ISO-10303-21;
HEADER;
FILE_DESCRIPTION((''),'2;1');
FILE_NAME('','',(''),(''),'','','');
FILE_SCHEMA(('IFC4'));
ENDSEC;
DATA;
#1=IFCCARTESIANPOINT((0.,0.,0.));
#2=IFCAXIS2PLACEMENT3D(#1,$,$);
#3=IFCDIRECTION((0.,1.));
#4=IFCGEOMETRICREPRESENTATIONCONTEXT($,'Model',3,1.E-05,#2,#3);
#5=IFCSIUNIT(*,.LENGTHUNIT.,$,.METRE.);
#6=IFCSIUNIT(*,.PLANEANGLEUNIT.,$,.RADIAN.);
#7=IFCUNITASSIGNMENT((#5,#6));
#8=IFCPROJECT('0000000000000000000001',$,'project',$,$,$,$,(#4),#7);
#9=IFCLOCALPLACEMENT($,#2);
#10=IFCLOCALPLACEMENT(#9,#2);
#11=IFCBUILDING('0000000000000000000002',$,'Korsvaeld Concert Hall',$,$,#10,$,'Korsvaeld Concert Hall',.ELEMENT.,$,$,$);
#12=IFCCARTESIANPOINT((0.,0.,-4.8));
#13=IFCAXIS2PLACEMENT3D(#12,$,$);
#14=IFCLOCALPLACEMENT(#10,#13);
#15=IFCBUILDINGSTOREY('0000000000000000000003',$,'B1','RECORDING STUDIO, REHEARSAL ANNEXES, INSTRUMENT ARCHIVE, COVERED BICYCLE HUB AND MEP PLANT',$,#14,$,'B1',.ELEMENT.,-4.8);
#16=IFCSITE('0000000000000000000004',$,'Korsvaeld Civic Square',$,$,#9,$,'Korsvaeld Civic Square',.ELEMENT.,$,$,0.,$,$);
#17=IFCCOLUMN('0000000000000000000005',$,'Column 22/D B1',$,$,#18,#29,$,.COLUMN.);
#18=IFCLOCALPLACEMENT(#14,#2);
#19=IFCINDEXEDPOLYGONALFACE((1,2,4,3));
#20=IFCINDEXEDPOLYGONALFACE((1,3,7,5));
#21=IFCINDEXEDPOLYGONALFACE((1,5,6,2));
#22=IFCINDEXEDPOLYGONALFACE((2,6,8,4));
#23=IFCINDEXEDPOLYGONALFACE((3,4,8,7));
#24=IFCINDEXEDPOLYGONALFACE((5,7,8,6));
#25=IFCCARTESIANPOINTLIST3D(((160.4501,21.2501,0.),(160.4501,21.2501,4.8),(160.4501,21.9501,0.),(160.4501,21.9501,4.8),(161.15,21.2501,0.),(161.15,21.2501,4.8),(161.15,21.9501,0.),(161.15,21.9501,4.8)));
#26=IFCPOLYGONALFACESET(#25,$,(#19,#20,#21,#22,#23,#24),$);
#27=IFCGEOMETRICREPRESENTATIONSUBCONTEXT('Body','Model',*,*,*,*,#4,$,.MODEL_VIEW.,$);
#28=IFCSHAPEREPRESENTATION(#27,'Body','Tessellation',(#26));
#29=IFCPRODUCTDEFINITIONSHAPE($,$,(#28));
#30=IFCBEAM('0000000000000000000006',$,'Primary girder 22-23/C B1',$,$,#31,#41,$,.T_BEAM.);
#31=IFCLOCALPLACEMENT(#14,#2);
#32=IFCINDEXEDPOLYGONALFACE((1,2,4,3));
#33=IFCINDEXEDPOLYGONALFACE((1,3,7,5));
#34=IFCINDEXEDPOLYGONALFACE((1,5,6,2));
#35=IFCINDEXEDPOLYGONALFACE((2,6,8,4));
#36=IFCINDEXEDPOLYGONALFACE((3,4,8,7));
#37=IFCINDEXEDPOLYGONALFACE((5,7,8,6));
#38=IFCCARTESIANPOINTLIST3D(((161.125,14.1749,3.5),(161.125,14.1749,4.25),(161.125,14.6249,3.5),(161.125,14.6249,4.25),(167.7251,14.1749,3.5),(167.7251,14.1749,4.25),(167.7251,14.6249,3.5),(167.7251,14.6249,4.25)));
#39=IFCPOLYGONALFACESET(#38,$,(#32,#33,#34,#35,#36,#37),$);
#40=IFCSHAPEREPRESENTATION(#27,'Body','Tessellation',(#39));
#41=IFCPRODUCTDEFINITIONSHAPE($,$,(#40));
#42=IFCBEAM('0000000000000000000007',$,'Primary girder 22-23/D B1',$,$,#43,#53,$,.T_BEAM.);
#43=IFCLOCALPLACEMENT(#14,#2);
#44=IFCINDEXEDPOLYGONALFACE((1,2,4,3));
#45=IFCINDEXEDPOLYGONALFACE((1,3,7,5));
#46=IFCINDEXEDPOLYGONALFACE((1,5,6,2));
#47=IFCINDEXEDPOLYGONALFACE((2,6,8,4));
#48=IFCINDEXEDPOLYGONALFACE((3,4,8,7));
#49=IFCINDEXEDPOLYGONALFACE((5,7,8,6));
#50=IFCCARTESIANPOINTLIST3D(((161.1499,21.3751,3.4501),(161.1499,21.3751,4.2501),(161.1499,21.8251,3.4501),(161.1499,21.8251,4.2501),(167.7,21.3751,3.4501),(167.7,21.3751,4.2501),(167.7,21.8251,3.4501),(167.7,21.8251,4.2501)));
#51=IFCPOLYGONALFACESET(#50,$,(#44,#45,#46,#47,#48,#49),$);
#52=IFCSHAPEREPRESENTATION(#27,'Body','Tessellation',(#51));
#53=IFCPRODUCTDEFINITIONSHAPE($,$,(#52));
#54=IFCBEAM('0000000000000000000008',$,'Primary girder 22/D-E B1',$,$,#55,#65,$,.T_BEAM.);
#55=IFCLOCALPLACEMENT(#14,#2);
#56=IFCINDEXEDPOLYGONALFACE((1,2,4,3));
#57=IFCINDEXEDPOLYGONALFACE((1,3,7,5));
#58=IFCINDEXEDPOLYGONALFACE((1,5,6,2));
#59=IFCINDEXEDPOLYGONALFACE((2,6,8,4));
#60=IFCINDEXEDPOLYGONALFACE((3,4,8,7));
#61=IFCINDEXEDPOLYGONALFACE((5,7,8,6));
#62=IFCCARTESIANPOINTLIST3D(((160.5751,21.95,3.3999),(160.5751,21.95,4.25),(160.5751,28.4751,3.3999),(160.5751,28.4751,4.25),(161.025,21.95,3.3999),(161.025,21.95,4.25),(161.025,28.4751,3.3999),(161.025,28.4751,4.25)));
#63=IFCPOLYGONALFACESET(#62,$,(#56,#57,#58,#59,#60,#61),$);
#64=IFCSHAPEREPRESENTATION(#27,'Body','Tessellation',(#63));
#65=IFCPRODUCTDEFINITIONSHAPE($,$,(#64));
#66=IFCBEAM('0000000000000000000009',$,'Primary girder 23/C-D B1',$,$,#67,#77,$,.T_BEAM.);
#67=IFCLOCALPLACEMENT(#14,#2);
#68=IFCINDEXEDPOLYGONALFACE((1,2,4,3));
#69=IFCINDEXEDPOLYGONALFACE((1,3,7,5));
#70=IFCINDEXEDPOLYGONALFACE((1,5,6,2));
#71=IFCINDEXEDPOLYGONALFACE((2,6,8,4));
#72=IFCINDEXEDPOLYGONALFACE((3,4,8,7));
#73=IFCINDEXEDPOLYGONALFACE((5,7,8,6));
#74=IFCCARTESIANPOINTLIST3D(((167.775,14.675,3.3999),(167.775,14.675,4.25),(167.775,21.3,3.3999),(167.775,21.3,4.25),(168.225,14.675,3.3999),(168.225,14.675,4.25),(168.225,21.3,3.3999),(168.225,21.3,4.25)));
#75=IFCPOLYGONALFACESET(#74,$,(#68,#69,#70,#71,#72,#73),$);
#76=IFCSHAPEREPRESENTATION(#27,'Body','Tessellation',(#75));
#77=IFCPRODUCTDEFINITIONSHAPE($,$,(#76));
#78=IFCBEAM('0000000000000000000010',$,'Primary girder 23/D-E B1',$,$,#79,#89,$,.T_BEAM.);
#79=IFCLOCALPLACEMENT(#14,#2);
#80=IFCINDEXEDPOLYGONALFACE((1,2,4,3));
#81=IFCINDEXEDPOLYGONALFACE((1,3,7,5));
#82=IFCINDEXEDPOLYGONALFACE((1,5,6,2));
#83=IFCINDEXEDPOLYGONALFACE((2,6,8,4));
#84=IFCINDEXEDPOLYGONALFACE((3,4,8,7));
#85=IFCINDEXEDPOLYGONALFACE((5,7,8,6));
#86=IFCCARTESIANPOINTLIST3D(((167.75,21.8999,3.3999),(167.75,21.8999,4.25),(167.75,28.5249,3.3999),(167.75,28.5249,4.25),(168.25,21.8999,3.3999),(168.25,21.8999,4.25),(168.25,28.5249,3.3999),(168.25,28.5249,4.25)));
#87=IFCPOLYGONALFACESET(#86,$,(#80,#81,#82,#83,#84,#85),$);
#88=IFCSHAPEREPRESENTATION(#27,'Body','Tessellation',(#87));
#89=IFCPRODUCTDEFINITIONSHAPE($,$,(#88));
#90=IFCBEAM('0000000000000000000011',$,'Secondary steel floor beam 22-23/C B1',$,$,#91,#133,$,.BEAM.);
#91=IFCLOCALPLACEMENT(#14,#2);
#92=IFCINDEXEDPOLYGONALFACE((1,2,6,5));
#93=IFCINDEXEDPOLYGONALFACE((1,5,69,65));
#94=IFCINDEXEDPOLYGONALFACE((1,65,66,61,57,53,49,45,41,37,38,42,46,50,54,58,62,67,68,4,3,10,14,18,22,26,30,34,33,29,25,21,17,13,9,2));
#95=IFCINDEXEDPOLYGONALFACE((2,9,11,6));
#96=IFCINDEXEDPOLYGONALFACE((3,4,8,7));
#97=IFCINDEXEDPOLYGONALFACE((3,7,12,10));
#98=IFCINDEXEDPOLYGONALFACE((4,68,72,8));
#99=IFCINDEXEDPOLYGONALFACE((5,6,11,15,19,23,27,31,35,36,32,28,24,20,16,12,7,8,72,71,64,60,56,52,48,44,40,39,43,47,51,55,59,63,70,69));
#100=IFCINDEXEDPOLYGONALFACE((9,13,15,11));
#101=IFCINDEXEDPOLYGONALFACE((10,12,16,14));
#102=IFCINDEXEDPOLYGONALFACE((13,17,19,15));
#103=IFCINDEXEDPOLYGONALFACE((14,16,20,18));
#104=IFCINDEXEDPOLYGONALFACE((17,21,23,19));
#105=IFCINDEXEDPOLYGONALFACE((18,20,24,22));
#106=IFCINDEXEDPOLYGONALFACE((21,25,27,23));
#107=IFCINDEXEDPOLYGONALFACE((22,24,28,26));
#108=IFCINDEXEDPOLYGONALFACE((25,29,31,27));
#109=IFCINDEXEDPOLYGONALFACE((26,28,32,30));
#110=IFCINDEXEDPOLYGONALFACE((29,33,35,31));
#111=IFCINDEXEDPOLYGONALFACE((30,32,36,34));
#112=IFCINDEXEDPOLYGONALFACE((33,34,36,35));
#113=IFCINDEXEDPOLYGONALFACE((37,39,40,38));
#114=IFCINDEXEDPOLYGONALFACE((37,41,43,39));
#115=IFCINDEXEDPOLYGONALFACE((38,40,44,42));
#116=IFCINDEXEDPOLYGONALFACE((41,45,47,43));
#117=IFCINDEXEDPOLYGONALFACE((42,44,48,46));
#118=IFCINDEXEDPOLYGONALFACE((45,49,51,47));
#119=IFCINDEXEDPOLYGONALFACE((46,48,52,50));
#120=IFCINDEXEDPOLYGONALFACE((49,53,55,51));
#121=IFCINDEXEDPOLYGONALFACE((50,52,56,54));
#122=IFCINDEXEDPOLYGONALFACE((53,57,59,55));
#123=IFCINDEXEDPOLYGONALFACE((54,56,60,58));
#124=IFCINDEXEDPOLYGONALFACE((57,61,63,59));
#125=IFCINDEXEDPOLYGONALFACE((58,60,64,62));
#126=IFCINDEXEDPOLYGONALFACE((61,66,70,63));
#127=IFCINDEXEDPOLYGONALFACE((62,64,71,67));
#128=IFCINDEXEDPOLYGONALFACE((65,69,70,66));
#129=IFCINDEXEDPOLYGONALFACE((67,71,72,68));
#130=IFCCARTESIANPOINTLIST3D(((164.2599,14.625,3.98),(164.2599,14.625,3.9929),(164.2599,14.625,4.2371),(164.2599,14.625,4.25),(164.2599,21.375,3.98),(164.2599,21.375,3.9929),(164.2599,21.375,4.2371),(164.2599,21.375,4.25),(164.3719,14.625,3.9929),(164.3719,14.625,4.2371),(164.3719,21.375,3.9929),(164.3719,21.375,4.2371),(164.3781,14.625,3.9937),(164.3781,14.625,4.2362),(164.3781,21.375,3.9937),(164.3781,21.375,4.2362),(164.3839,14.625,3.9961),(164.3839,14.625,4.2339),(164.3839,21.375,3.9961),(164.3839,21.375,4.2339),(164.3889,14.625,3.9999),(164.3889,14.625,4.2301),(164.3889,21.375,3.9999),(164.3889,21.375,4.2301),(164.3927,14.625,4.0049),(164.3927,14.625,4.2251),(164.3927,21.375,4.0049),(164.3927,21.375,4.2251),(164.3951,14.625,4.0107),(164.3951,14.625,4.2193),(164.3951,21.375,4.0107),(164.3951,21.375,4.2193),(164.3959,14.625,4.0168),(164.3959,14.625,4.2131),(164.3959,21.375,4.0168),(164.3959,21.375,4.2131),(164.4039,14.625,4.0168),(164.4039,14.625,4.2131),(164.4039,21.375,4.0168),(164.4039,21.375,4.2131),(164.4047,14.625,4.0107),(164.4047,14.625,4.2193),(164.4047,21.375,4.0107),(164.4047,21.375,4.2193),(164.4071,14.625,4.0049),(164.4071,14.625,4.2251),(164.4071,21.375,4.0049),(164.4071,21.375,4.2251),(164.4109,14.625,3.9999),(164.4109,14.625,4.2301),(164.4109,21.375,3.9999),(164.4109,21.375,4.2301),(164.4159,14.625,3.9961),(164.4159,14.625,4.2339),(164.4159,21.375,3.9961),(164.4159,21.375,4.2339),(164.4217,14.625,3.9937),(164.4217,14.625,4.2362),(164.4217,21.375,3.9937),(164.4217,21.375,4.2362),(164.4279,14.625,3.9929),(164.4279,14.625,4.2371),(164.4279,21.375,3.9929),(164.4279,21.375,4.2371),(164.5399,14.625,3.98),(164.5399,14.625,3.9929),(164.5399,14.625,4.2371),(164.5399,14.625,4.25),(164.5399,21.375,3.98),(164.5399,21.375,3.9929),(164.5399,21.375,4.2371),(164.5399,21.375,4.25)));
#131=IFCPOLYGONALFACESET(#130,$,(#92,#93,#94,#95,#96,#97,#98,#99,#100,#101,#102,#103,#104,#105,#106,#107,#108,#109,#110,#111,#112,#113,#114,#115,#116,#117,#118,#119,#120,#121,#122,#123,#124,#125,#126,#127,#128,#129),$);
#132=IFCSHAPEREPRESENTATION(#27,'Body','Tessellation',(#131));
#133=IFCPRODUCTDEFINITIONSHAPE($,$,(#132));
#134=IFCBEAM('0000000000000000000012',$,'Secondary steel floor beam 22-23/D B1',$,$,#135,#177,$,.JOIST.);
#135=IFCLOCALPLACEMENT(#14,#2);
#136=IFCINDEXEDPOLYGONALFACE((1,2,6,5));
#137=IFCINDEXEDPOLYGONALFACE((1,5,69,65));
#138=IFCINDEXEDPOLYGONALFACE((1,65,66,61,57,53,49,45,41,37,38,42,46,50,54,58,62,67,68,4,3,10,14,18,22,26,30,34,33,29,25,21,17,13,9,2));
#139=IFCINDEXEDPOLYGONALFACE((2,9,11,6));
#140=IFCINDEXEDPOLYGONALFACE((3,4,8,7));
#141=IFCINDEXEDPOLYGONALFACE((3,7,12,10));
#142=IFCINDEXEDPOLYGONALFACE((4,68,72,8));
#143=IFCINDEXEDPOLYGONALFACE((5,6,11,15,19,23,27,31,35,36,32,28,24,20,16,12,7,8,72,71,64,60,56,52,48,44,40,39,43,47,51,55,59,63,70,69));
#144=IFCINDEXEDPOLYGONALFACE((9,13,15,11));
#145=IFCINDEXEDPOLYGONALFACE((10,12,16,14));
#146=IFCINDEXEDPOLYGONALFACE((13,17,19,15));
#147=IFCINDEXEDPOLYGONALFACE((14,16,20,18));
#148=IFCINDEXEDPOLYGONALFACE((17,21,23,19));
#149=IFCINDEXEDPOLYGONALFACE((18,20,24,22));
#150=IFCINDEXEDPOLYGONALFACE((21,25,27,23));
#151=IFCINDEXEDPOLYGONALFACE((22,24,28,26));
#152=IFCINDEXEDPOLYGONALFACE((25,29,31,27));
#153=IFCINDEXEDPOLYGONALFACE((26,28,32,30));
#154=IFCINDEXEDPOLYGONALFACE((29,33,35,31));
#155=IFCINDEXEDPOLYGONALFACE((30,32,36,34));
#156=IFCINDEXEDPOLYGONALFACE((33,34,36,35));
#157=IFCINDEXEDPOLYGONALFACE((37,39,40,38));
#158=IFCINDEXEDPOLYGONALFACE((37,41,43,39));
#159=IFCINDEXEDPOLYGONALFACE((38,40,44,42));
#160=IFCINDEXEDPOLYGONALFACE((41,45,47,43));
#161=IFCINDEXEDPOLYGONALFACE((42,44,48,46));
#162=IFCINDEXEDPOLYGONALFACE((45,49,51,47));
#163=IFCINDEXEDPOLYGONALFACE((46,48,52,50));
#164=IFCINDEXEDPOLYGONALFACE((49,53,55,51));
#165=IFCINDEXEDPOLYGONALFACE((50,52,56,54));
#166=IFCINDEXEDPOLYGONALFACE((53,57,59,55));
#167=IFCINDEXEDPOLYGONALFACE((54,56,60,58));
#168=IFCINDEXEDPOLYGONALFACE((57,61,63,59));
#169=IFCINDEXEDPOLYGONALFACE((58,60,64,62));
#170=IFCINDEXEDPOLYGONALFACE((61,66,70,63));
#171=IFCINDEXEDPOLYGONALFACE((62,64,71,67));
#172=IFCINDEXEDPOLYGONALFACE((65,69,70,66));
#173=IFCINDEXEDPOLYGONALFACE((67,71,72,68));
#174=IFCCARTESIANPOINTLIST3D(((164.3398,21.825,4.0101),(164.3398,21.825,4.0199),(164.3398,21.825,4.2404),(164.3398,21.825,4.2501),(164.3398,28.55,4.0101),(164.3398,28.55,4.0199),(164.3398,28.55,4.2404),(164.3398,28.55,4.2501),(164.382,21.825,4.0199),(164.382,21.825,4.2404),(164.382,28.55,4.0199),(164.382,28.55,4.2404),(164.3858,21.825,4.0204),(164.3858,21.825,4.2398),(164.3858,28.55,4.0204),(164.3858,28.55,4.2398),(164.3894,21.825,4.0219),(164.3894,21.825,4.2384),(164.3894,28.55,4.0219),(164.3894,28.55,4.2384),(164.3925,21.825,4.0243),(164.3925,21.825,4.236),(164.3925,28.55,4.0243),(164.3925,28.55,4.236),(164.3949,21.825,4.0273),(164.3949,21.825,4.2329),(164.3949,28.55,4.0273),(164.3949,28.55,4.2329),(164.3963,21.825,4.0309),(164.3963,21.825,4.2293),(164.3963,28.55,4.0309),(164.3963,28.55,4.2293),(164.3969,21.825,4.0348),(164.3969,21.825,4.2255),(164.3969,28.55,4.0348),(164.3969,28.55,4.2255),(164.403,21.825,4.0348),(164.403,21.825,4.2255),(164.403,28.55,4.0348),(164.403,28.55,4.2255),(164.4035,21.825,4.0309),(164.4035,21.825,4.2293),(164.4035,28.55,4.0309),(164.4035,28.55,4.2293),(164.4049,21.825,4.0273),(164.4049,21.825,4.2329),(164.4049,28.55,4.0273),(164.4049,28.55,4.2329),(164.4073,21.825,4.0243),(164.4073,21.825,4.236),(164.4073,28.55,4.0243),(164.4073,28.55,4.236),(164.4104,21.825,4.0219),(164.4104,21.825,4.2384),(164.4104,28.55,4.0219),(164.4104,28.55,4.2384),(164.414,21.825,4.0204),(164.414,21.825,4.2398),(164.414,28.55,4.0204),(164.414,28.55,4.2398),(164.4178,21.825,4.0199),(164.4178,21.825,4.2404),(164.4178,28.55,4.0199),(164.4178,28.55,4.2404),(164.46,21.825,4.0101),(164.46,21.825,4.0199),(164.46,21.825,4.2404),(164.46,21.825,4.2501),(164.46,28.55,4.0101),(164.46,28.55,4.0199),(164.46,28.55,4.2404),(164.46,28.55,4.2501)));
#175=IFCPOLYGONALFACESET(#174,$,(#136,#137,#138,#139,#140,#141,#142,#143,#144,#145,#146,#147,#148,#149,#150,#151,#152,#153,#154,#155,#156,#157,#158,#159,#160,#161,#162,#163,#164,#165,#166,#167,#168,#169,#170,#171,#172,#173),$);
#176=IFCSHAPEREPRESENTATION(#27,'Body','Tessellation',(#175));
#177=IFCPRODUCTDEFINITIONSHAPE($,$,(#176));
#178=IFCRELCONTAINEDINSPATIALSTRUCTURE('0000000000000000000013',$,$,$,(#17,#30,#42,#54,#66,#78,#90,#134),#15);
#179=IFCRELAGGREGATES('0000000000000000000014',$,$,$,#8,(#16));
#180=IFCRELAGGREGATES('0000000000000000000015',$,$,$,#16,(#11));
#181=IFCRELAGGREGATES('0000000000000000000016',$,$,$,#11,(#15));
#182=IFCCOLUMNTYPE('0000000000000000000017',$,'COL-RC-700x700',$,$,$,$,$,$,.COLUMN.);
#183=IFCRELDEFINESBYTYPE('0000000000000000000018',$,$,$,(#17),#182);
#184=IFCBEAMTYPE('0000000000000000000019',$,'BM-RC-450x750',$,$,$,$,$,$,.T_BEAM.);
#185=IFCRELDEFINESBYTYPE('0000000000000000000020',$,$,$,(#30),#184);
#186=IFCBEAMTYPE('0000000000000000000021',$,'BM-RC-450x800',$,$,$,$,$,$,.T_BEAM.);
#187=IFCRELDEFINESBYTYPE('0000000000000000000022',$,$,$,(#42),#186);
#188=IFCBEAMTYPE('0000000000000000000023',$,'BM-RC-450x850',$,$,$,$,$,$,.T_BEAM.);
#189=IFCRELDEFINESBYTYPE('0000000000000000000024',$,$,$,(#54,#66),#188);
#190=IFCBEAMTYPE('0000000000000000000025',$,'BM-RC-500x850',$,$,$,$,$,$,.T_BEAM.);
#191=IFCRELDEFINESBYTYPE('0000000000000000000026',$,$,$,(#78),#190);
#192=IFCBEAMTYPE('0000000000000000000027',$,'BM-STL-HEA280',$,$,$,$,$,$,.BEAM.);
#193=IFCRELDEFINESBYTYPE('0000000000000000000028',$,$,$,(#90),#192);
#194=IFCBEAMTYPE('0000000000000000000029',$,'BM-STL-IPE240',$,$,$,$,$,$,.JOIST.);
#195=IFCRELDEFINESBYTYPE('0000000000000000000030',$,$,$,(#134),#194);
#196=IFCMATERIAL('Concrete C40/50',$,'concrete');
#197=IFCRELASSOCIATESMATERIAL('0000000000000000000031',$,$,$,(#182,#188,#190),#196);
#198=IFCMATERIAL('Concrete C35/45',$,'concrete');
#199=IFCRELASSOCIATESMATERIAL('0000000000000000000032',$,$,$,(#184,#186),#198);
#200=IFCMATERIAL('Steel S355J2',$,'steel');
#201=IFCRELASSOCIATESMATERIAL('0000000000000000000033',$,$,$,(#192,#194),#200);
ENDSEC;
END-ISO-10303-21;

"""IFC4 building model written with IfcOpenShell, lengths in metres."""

from ifc_helpers import new_model, si_unit, direction, frame, origin, origin_2d, place, context, subcontext, project, spatial, rectangle, i_section, extrude, material, material_profile, profile_set, type_object, element, save


model = new_model("IFC4")

# Units and contexts
model_context = context("Model", 3, precision=1e-05, world=origin(), true_north=direction((0.0, 1.0)))
body_context = subcontext(model_context, "Body", "Model", "MODEL_VIEW")
ifc_project = project(units=[si_unit("LENGTHUNIT", "METRE"), si_unit("PLANEANGLEUNIT", "RADIAN")], contexts=[model_context])

# Site, building, storey
site_placement = place(None, origin())
site = spatial("IfcSite", under=ifc_project, at=site_placement, Name="Korsvaeld Civic Square", LongName="Korsvaeld Civic Square", CompositionType="ELEMENT", RefElevation=0.0)
building_placement = place(site_placement, origin())
building = spatial("IfcBuilding", under=site, at=building_placement, Name="Korsvaeld Concert Hall", LongName="Korsvaeld Concert Hall", CompositionType="ELEMENT")
storey_placement = place(building_placement, frame((0.0, 0.0, -4.8)))
storey = spatial("IfcBuildingStorey", under=building, at=storey_placement, Name="B1", Description="RECORDING STUDIO, REHEARSAL ANNEXES, INSTRUMENT ARCHIVE, COVERED BICYCLE HUB AND MEP PLANT", LongName="B1", CompositionType="ELEMENT", Elevation=-4.8)

# Shared definitions
ifc_material_1 = material(Name="Concrete C35/45", Category="concrete")

# Column
ifc_material_2 = material(Name="Concrete C40/50", Category="concrete")
ifc_material_profile_1 = material_profile(ifc_material_2, rectangle(XDim=0.7, YDim=0.7, at=origin_2d()), Name="RC 700x700")
ifc_profile_set_1 = profile_set([ifc_material_profile_1], Name="Concrete C40/50")
column_type_1 = type_object("IfcColumnType", Name="COL-RC-700x700", PredefinedType="COLUMN", material=ifc_profile_set_1)
column_1_placement = place(storey_placement, frame((160.8, 21.6001, 0.0), z_axis=(0.0, 0.0, 1.0), x_axis=(1.0, 0.0, 0.0)))
element("IfcColumn", 1, at=column_1_placement, inside=storey, type_object=column_type_1, Name="Column 22/D B1", PredefinedType="COLUMN", context=body_context, shape_type="SweptSolid", body=[
    extrude(rectangle(XDim=0.7, YDim=0.7, at=origin_2d()), origin(), (0.0, 0.0, 1.0), 4.8),
])

# Beams
ifc_material_profile_2 = material_profile(ifc_material_1, rectangle(XDim=0.45, YDim=0.75, at=origin_2d()), Name="RC 450x750")
ifc_profile_set_2 = profile_set([ifc_material_profile_2], Name="Concrete C35/45")
beam_type_1 = type_object("IfcBeamType", Name="BM-RC-450x750", PredefinedType="T_BEAM", material=ifc_profile_set_2)
beam_1_placement = place(storey_placement, frame((161.125, 14.3999, 3.875), z_axis=(1.0, 0.0, 0.0), x_axis=(0.0, 1.0, 0.0)))
element("IfcBeam", 2, at=beam_1_placement, inside=storey, type_object=beam_type_1, Name="Primary girder 22-23/C B1", PredefinedType="T_BEAM", context=body_context, shape_type="SweptSolid", body=[
    extrude(rectangle(XDim=0.45, YDim=0.75, at=origin_2d()), origin(), (0.0, 0.0, 1.0), 6.6001),
])
ifc_material_profile_3 = material_profile(ifc_material_1, rectangle(XDim=0.45, YDim=0.8, at=origin_2d()), Name="RC 450x800")
ifc_profile_set_3 = profile_set([ifc_material_profile_3], Name="Concrete C35/45")
beam_type_2 = type_object("IfcBeamType", Name="BM-RC-450x800", PredefinedType="T_BEAM", material=ifc_profile_set_3)
beam_2_placement = place(storey_placement, frame((161.1499, 21.6001, 3.8501), z_axis=(1.0, 0.0, 0.0), x_axis=(0.0, 1.0, 0.0)))
element("IfcBeam", 3, at=beam_2_placement, inside=storey, type_object=beam_type_2, Name="Primary girder 22-23/D B1", PredefinedType="T_BEAM", context=body_context, shape_type="SweptSolid", body=[
    extrude(rectangle(XDim=0.45, YDim=0.8, at=origin_2d()), origin(), (0.0, 0.0, 1.0), 6.55),
])
ifc_material_profile_4 = material_profile(ifc_material_2, rectangle(XDim=0.45, YDim=0.8501, at=origin_2d()), Name="RC 450x850")
ifc_profile_set_4 = profile_set([ifc_material_profile_4], Name="Concrete C40/50")
beam_type_3 = type_object("IfcBeamType", Name="BM-RC-450x850", PredefinedType="T_BEAM", material=ifc_profile_set_4)
beam_3_placement = place(storey_placement, frame((160.8, 21.95, 3.825), z_axis=(0.0, 1.0, 0.0), x_axis=(-1.0, 0.0, 0.0)))
element("IfcBeam", 4, at=beam_3_placement, inside=storey, type_object=beam_type_3, Name="Primary girder 22/D-E B1", PredefinedType="T_BEAM", context=body_context, shape_type="SweptSolid", body=[
    extrude(rectangle(XDim=0.45, YDim=0.8501, at=origin_2d()), origin(), (0.0, 0.0, 1.0), 6.5251),
])
beam_4_placement = place(storey_placement, frame((168.0, 14.675, 3.825), z_axis=(0.0, 1.0, 0.0), x_axis=(-1.0, 0.0, 0.0)))
element("IfcBeam", 5, at=beam_4_placement, inside=storey, type_object=beam_type_3, Name="Primary girder 23/C-D B1", PredefinedType="T_BEAM", context=body_context, shape_type="SweptSolid", body=[
    extrude(rectangle(XDim=0.45, YDim=0.8501, at=origin_2d()), origin(), (0.0, 0.0, 1.0), 6.625),
])
ifc_material_profile_5 = material_profile(ifc_material_2, rectangle(XDim=0.5, YDim=0.8501, at=origin_2d()), Name="RC 500x850")
ifc_profile_set_5 = profile_set([ifc_material_profile_5], Name="Concrete C40/50")
beam_type_4 = type_object("IfcBeamType", Name="BM-RC-500x850", PredefinedType="T_BEAM", material=ifc_profile_set_5)
beam_5_placement = place(storey_placement, frame((168.0, 21.8999, 3.825), z_axis=(0.0, 1.0, 0.0), x_axis=(-1.0, 0.0, 0.0)))
element("IfcBeam", 6, at=beam_5_placement, inside=storey, type_object=beam_type_4, Name="Primary girder 23/D-E B1", PredefinedType="T_BEAM", context=body_context, shape_type="SweptSolid", body=[
    extrude(rectangle(XDim=0.5, YDim=0.8501, at=origin_2d()), origin(), (0.0, 0.0, 1.0), 6.625),
])
ifc_material_3 = material(Name="Steel S355J2", Category="steel")
ifc_material_profile_6 = material_profile(ifc_material_3, i_section(OverallWidth=0.28, OverallDepth=0.27, WebThickness=0.0081, FlangeThickness=0.0129, FilletRadius=0.0239, at=origin_2d()), Name="HEA 280")
ifc_profile_set_6 = profile_set([ifc_material_profile_6], Name="Steel S355J2")
beam_type_5 = type_object("IfcBeamType", Name="BM-STL-HEA280", PredefinedType="BEAM", material=ifc_profile_set_6)
beam_6_placement = place(storey_placement, frame((164.3999, 14.625, 4.115), z_axis=(0.0, 1.0, 0.0), x_axis=(-1.0, 0.0, 0.0)))
element("IfcBeam", 7, at=beam_6_placement, inside=storey, type_object=beam_type_5, Name="Secondary steel floor beam 22-23/C B1", PredefinedType="BEAM", context=body_context, shape_type="SweptSolid", body=[
    extrude(i_section(OverallWidth=0.28, OverallDepth=0.27, WebThickness=0.0081, FlangeThickness=0.0129, FilletRadius=0.0239, at=origin_2d()), origin(), (0.0, 0.0, 1.0), 6.75),
])
ifc_material_profile_7 = material_profile(ifc_material_3, i_section(OverallWidth=0.1201, OverallDepth=0.24, WebThickness=0.0061, FlangeThickness=0.0098, FilletRadius=0.0149, at=origin_2d()), Name="IPE 240")
ifc_profile_set_7 = profile_set([ifc_material_profile_7], Name="Steel S355J2")
beam_type_6 = type_object("IfcBeamType", Name="BM-STL-IPE240", PredefinedType="JOIST", material=ifc_profile_set_7)
beam_7_placement = place(storey_placement, frame((164.3999, 21.825, 4.1301), z_axis=(0.0, 1.0, 0.0), x_axis=(-1.0, 0.0, 0.0)))
element("IfcBeam", 8, at=beam_7_placement, inside=storey, type_object=beam_type_6, Name="Secondary steel floor beam 22-23/D B1", PredefinedType="JOIST", context=body_context, shape_type="SweptSolid", body=[
    extrude(i_section(OverallWidth=0.1201, OverallDepth=0.24, WebThickness=0.0061, FlangeThickness=0.0098, FilletRadius=0.0149, at=origin_2d()), origin(), (0.0, 0.0, 1.0), 6.7251),
])

save(model, "model.ifc")
